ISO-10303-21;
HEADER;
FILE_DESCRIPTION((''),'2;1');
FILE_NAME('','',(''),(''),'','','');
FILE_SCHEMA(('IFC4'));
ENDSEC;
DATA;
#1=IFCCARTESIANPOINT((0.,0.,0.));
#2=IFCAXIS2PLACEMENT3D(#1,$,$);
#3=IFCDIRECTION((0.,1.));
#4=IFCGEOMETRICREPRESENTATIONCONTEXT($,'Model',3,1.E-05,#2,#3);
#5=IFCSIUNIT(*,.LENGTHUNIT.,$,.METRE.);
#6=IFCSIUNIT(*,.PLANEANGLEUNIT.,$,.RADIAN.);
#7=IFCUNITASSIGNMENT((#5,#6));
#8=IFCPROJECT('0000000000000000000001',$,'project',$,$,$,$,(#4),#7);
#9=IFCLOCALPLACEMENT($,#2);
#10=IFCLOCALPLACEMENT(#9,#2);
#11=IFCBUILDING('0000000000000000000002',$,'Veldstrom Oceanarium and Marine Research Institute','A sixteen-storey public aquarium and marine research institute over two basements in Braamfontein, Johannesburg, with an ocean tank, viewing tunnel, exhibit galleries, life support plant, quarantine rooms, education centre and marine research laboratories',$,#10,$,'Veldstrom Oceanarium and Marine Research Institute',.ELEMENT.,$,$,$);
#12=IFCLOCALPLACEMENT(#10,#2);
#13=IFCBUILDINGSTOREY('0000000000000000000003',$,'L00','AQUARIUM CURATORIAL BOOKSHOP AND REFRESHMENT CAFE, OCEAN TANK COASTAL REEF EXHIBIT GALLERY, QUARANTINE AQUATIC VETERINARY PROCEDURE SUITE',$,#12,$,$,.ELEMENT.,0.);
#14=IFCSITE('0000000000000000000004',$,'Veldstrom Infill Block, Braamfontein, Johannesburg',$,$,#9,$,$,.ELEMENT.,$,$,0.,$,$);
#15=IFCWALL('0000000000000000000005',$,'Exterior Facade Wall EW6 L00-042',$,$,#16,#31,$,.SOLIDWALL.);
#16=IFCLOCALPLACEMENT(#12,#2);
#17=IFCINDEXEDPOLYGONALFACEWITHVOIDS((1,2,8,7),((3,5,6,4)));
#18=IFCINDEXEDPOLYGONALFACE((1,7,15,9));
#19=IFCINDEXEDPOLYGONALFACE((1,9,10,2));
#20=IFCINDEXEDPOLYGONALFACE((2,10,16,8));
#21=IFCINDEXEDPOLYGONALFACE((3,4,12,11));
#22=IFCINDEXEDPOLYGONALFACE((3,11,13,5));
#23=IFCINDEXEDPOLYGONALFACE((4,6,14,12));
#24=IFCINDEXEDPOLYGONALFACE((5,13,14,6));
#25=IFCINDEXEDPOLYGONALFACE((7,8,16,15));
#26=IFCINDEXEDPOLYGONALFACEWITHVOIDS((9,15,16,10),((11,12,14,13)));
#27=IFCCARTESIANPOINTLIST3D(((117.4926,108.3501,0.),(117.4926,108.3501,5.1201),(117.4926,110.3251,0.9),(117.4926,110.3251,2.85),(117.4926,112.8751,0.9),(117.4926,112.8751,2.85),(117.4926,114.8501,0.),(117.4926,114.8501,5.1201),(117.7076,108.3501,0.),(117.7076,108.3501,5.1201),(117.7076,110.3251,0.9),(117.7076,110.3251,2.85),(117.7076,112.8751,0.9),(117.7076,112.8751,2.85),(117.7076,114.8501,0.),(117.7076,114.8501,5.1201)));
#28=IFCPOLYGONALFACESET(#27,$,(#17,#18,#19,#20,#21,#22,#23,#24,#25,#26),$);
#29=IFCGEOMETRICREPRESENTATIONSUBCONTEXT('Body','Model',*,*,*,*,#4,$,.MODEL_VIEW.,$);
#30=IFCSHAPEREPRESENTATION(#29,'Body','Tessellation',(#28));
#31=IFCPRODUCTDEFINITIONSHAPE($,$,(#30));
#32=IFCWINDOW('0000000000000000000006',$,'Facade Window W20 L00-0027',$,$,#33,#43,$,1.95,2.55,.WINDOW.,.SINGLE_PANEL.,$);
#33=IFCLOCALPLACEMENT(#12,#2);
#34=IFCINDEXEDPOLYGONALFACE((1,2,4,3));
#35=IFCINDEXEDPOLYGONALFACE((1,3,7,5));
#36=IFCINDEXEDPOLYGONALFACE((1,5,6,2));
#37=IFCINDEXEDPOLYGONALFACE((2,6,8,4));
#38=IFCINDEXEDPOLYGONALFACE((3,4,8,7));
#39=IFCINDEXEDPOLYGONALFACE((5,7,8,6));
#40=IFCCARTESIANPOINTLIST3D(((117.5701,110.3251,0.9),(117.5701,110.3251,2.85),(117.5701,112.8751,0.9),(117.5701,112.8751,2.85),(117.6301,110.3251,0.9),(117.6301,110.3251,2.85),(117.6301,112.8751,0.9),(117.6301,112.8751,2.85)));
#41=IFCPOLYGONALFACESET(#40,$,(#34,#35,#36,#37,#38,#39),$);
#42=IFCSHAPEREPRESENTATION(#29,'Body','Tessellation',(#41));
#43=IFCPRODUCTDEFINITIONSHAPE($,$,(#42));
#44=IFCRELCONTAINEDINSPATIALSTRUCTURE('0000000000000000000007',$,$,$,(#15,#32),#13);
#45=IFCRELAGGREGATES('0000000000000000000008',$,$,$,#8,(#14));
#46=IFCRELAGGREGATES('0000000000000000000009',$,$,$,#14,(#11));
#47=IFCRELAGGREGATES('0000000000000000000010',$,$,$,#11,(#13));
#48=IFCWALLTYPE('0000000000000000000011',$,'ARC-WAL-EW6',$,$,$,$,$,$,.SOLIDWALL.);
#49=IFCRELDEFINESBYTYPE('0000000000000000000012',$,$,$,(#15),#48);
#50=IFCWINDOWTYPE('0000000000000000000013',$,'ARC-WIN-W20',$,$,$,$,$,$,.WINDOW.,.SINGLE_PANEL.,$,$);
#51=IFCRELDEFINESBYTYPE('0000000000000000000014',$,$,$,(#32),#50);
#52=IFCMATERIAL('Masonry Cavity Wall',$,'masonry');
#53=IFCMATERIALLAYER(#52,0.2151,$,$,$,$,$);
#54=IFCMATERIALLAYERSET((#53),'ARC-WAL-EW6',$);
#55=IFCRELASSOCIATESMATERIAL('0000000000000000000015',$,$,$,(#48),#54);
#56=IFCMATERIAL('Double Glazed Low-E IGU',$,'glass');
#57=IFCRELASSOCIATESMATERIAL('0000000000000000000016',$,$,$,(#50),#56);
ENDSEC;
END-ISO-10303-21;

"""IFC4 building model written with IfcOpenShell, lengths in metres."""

from ifc_helpers import new_model, si_unit, direction, frame, frame_2d, origin, place, context, subcontext, project, spatial, rectangle, extrude, material, layer, layer_set, type_object, element, fill, save


model = new_model("IFC4")

# Units and contexts
model_context = context("Model", 3, precision=1e-05, world=origin(), true_north=direction((0.0, 1.0)))
body_context = subcontext(model_context, "Body", "Model", "MODEL_VIEW")
ifc_project = project(units=[si_unit("LENGTHUNIT", "METRE"), si_unit("PLANEANGLEUNIT", "RADIAN")], contexts=[model_context])

# Site, building, storey
site_placement = place(None, origin())
site = spatial("IfcSite", under=ifc_project, at=site_placement, Name="Veldstrom Infill Block, Braamfontein, Johannesburg", CompositionType="ELEMENT", RefElevation=0.0)
building_placement = place(site_placement, origin())
building = spatial("IfcBuilding", under=site, at=building_placement, Name="Veldstrom Oceanarium and Marine Research Institute", Description="A sixteen-storey public aquarium and marine research institute over two basements in Braamfontein, Johannesburg, with an ocean tank, viewing tunnel, exhibit galleries, life support plant, quarantine rooms, education centre and marine research laboratories", LongName="Veldstrom Oceanarium and Marine Research Institute", CompositionType="ELEMENT")
storey_placement = place(building_placement, origin())
storey = spatial("IfcBuildingStorey", under=building, at=storey_placement, Name="L00", Description="AQUARIUM CURATORIAL BOOKSHOP AND REFRESHMENT CAFE, OCEAN TANK COASTAL REEF EXHIBIT GALLERY, QUARANTINE AQUATIC VETERINARY PROCEDURE SUITE", CompositionType="ELEMENT", Elevation=0.0)

# Shared definitions
ifc_material_1 = material(Name="Masonry Cavity Wall", Category="masonry")
ifc_layer_1 = layer(ifc_material_1, 0.2151)
ifc_layer_set_1 = layer_set([ifc_layer_1], Name="ARC-WAL-EW6")
wall_type_1 = type_object("IfcWallType", Name="ARC-WAL-EW6", PredefinedType="SOLIDWALL", material=ifc_layer_set_1)

# Wall, opening, window
wall_1_placement = place(storey_placement, frame((117.6001, 108.3501, 0.0), z_axis=(0.0, 0.0, 1.0), x_axis=(0.0, 1.0, 0.0)))
wall_1 = element("IfcWall", 1, at=wall_1_placement, inside=storey, type_object=wall_type_1, Name="Exterior Facade Wall EW6 L00-042", PredefinedType="SOLIDWALL", context=body_context, shape_type="SweptSolid", body=[
    extrude(rectangle(XDim=6.5, YDim=0.2151, at=frame_2d((3.25, 0.0))), origin(), (0.0, 0.0, 1.0), 5.1201),
])
opening_1_placement = place(wall_1_placement, frame((1.9751, 0.0, 0.8999)))
opening_1 = element("IfcOpeningElement", 2, at=opening_1_placement, cuts=wall_1, PredefinedType="OPENING", context=body_context, shape_type="SweptSolid", body=[
    extrude(rectangle(XDim=2.55, YDim=1.95, at=frame_2d((1.2749, 0.9751))), frame((0.0, 0.1174, 0.0), z_axis=(0.0, -1.0, 0.0), x_axis=(1.0, 0.0, 0.0)), (0.0, 0.0, 1.0), 0.2351),
])
ifc_material_2 = material(Name="Double Glazed Low-E IGU", Category="glass")
window_type_1 = type_object("IfcWindowType", Name="ARC-WIN-W20", PartitioningType="SINGLE_PANEL", PredefinedType="WINDOW", material=ifc_material_2)
window_1_placement = place(opening_1_placement, origin())
window_1 = element("IfcWindow", 3, at=window_1_placement, inside=storey, type_object=window_type_1, Name="Facade Window W20 L00-0027", OverallHeight=1.95, OverallWidth=2.55, PartitioningType="SINGLE_PANEL", PredefinedType="WINDOW", context=body_context, shape_type="SweptSolid", body=[
    extrude(rectangle(XDim=2.55, YDim=1.95, at=frame_2d((1.2749, 0.9751))), frame((0.0, 0.03, 0.0), z_axis=(0.0, -1.0, 0.0), x_axis=(1.0, 0.0, 0.0)), (0.0, 0.0, 1.0), 0.0601),
])
fill(opening_1, window_1)

save(model, "model.ifc")
